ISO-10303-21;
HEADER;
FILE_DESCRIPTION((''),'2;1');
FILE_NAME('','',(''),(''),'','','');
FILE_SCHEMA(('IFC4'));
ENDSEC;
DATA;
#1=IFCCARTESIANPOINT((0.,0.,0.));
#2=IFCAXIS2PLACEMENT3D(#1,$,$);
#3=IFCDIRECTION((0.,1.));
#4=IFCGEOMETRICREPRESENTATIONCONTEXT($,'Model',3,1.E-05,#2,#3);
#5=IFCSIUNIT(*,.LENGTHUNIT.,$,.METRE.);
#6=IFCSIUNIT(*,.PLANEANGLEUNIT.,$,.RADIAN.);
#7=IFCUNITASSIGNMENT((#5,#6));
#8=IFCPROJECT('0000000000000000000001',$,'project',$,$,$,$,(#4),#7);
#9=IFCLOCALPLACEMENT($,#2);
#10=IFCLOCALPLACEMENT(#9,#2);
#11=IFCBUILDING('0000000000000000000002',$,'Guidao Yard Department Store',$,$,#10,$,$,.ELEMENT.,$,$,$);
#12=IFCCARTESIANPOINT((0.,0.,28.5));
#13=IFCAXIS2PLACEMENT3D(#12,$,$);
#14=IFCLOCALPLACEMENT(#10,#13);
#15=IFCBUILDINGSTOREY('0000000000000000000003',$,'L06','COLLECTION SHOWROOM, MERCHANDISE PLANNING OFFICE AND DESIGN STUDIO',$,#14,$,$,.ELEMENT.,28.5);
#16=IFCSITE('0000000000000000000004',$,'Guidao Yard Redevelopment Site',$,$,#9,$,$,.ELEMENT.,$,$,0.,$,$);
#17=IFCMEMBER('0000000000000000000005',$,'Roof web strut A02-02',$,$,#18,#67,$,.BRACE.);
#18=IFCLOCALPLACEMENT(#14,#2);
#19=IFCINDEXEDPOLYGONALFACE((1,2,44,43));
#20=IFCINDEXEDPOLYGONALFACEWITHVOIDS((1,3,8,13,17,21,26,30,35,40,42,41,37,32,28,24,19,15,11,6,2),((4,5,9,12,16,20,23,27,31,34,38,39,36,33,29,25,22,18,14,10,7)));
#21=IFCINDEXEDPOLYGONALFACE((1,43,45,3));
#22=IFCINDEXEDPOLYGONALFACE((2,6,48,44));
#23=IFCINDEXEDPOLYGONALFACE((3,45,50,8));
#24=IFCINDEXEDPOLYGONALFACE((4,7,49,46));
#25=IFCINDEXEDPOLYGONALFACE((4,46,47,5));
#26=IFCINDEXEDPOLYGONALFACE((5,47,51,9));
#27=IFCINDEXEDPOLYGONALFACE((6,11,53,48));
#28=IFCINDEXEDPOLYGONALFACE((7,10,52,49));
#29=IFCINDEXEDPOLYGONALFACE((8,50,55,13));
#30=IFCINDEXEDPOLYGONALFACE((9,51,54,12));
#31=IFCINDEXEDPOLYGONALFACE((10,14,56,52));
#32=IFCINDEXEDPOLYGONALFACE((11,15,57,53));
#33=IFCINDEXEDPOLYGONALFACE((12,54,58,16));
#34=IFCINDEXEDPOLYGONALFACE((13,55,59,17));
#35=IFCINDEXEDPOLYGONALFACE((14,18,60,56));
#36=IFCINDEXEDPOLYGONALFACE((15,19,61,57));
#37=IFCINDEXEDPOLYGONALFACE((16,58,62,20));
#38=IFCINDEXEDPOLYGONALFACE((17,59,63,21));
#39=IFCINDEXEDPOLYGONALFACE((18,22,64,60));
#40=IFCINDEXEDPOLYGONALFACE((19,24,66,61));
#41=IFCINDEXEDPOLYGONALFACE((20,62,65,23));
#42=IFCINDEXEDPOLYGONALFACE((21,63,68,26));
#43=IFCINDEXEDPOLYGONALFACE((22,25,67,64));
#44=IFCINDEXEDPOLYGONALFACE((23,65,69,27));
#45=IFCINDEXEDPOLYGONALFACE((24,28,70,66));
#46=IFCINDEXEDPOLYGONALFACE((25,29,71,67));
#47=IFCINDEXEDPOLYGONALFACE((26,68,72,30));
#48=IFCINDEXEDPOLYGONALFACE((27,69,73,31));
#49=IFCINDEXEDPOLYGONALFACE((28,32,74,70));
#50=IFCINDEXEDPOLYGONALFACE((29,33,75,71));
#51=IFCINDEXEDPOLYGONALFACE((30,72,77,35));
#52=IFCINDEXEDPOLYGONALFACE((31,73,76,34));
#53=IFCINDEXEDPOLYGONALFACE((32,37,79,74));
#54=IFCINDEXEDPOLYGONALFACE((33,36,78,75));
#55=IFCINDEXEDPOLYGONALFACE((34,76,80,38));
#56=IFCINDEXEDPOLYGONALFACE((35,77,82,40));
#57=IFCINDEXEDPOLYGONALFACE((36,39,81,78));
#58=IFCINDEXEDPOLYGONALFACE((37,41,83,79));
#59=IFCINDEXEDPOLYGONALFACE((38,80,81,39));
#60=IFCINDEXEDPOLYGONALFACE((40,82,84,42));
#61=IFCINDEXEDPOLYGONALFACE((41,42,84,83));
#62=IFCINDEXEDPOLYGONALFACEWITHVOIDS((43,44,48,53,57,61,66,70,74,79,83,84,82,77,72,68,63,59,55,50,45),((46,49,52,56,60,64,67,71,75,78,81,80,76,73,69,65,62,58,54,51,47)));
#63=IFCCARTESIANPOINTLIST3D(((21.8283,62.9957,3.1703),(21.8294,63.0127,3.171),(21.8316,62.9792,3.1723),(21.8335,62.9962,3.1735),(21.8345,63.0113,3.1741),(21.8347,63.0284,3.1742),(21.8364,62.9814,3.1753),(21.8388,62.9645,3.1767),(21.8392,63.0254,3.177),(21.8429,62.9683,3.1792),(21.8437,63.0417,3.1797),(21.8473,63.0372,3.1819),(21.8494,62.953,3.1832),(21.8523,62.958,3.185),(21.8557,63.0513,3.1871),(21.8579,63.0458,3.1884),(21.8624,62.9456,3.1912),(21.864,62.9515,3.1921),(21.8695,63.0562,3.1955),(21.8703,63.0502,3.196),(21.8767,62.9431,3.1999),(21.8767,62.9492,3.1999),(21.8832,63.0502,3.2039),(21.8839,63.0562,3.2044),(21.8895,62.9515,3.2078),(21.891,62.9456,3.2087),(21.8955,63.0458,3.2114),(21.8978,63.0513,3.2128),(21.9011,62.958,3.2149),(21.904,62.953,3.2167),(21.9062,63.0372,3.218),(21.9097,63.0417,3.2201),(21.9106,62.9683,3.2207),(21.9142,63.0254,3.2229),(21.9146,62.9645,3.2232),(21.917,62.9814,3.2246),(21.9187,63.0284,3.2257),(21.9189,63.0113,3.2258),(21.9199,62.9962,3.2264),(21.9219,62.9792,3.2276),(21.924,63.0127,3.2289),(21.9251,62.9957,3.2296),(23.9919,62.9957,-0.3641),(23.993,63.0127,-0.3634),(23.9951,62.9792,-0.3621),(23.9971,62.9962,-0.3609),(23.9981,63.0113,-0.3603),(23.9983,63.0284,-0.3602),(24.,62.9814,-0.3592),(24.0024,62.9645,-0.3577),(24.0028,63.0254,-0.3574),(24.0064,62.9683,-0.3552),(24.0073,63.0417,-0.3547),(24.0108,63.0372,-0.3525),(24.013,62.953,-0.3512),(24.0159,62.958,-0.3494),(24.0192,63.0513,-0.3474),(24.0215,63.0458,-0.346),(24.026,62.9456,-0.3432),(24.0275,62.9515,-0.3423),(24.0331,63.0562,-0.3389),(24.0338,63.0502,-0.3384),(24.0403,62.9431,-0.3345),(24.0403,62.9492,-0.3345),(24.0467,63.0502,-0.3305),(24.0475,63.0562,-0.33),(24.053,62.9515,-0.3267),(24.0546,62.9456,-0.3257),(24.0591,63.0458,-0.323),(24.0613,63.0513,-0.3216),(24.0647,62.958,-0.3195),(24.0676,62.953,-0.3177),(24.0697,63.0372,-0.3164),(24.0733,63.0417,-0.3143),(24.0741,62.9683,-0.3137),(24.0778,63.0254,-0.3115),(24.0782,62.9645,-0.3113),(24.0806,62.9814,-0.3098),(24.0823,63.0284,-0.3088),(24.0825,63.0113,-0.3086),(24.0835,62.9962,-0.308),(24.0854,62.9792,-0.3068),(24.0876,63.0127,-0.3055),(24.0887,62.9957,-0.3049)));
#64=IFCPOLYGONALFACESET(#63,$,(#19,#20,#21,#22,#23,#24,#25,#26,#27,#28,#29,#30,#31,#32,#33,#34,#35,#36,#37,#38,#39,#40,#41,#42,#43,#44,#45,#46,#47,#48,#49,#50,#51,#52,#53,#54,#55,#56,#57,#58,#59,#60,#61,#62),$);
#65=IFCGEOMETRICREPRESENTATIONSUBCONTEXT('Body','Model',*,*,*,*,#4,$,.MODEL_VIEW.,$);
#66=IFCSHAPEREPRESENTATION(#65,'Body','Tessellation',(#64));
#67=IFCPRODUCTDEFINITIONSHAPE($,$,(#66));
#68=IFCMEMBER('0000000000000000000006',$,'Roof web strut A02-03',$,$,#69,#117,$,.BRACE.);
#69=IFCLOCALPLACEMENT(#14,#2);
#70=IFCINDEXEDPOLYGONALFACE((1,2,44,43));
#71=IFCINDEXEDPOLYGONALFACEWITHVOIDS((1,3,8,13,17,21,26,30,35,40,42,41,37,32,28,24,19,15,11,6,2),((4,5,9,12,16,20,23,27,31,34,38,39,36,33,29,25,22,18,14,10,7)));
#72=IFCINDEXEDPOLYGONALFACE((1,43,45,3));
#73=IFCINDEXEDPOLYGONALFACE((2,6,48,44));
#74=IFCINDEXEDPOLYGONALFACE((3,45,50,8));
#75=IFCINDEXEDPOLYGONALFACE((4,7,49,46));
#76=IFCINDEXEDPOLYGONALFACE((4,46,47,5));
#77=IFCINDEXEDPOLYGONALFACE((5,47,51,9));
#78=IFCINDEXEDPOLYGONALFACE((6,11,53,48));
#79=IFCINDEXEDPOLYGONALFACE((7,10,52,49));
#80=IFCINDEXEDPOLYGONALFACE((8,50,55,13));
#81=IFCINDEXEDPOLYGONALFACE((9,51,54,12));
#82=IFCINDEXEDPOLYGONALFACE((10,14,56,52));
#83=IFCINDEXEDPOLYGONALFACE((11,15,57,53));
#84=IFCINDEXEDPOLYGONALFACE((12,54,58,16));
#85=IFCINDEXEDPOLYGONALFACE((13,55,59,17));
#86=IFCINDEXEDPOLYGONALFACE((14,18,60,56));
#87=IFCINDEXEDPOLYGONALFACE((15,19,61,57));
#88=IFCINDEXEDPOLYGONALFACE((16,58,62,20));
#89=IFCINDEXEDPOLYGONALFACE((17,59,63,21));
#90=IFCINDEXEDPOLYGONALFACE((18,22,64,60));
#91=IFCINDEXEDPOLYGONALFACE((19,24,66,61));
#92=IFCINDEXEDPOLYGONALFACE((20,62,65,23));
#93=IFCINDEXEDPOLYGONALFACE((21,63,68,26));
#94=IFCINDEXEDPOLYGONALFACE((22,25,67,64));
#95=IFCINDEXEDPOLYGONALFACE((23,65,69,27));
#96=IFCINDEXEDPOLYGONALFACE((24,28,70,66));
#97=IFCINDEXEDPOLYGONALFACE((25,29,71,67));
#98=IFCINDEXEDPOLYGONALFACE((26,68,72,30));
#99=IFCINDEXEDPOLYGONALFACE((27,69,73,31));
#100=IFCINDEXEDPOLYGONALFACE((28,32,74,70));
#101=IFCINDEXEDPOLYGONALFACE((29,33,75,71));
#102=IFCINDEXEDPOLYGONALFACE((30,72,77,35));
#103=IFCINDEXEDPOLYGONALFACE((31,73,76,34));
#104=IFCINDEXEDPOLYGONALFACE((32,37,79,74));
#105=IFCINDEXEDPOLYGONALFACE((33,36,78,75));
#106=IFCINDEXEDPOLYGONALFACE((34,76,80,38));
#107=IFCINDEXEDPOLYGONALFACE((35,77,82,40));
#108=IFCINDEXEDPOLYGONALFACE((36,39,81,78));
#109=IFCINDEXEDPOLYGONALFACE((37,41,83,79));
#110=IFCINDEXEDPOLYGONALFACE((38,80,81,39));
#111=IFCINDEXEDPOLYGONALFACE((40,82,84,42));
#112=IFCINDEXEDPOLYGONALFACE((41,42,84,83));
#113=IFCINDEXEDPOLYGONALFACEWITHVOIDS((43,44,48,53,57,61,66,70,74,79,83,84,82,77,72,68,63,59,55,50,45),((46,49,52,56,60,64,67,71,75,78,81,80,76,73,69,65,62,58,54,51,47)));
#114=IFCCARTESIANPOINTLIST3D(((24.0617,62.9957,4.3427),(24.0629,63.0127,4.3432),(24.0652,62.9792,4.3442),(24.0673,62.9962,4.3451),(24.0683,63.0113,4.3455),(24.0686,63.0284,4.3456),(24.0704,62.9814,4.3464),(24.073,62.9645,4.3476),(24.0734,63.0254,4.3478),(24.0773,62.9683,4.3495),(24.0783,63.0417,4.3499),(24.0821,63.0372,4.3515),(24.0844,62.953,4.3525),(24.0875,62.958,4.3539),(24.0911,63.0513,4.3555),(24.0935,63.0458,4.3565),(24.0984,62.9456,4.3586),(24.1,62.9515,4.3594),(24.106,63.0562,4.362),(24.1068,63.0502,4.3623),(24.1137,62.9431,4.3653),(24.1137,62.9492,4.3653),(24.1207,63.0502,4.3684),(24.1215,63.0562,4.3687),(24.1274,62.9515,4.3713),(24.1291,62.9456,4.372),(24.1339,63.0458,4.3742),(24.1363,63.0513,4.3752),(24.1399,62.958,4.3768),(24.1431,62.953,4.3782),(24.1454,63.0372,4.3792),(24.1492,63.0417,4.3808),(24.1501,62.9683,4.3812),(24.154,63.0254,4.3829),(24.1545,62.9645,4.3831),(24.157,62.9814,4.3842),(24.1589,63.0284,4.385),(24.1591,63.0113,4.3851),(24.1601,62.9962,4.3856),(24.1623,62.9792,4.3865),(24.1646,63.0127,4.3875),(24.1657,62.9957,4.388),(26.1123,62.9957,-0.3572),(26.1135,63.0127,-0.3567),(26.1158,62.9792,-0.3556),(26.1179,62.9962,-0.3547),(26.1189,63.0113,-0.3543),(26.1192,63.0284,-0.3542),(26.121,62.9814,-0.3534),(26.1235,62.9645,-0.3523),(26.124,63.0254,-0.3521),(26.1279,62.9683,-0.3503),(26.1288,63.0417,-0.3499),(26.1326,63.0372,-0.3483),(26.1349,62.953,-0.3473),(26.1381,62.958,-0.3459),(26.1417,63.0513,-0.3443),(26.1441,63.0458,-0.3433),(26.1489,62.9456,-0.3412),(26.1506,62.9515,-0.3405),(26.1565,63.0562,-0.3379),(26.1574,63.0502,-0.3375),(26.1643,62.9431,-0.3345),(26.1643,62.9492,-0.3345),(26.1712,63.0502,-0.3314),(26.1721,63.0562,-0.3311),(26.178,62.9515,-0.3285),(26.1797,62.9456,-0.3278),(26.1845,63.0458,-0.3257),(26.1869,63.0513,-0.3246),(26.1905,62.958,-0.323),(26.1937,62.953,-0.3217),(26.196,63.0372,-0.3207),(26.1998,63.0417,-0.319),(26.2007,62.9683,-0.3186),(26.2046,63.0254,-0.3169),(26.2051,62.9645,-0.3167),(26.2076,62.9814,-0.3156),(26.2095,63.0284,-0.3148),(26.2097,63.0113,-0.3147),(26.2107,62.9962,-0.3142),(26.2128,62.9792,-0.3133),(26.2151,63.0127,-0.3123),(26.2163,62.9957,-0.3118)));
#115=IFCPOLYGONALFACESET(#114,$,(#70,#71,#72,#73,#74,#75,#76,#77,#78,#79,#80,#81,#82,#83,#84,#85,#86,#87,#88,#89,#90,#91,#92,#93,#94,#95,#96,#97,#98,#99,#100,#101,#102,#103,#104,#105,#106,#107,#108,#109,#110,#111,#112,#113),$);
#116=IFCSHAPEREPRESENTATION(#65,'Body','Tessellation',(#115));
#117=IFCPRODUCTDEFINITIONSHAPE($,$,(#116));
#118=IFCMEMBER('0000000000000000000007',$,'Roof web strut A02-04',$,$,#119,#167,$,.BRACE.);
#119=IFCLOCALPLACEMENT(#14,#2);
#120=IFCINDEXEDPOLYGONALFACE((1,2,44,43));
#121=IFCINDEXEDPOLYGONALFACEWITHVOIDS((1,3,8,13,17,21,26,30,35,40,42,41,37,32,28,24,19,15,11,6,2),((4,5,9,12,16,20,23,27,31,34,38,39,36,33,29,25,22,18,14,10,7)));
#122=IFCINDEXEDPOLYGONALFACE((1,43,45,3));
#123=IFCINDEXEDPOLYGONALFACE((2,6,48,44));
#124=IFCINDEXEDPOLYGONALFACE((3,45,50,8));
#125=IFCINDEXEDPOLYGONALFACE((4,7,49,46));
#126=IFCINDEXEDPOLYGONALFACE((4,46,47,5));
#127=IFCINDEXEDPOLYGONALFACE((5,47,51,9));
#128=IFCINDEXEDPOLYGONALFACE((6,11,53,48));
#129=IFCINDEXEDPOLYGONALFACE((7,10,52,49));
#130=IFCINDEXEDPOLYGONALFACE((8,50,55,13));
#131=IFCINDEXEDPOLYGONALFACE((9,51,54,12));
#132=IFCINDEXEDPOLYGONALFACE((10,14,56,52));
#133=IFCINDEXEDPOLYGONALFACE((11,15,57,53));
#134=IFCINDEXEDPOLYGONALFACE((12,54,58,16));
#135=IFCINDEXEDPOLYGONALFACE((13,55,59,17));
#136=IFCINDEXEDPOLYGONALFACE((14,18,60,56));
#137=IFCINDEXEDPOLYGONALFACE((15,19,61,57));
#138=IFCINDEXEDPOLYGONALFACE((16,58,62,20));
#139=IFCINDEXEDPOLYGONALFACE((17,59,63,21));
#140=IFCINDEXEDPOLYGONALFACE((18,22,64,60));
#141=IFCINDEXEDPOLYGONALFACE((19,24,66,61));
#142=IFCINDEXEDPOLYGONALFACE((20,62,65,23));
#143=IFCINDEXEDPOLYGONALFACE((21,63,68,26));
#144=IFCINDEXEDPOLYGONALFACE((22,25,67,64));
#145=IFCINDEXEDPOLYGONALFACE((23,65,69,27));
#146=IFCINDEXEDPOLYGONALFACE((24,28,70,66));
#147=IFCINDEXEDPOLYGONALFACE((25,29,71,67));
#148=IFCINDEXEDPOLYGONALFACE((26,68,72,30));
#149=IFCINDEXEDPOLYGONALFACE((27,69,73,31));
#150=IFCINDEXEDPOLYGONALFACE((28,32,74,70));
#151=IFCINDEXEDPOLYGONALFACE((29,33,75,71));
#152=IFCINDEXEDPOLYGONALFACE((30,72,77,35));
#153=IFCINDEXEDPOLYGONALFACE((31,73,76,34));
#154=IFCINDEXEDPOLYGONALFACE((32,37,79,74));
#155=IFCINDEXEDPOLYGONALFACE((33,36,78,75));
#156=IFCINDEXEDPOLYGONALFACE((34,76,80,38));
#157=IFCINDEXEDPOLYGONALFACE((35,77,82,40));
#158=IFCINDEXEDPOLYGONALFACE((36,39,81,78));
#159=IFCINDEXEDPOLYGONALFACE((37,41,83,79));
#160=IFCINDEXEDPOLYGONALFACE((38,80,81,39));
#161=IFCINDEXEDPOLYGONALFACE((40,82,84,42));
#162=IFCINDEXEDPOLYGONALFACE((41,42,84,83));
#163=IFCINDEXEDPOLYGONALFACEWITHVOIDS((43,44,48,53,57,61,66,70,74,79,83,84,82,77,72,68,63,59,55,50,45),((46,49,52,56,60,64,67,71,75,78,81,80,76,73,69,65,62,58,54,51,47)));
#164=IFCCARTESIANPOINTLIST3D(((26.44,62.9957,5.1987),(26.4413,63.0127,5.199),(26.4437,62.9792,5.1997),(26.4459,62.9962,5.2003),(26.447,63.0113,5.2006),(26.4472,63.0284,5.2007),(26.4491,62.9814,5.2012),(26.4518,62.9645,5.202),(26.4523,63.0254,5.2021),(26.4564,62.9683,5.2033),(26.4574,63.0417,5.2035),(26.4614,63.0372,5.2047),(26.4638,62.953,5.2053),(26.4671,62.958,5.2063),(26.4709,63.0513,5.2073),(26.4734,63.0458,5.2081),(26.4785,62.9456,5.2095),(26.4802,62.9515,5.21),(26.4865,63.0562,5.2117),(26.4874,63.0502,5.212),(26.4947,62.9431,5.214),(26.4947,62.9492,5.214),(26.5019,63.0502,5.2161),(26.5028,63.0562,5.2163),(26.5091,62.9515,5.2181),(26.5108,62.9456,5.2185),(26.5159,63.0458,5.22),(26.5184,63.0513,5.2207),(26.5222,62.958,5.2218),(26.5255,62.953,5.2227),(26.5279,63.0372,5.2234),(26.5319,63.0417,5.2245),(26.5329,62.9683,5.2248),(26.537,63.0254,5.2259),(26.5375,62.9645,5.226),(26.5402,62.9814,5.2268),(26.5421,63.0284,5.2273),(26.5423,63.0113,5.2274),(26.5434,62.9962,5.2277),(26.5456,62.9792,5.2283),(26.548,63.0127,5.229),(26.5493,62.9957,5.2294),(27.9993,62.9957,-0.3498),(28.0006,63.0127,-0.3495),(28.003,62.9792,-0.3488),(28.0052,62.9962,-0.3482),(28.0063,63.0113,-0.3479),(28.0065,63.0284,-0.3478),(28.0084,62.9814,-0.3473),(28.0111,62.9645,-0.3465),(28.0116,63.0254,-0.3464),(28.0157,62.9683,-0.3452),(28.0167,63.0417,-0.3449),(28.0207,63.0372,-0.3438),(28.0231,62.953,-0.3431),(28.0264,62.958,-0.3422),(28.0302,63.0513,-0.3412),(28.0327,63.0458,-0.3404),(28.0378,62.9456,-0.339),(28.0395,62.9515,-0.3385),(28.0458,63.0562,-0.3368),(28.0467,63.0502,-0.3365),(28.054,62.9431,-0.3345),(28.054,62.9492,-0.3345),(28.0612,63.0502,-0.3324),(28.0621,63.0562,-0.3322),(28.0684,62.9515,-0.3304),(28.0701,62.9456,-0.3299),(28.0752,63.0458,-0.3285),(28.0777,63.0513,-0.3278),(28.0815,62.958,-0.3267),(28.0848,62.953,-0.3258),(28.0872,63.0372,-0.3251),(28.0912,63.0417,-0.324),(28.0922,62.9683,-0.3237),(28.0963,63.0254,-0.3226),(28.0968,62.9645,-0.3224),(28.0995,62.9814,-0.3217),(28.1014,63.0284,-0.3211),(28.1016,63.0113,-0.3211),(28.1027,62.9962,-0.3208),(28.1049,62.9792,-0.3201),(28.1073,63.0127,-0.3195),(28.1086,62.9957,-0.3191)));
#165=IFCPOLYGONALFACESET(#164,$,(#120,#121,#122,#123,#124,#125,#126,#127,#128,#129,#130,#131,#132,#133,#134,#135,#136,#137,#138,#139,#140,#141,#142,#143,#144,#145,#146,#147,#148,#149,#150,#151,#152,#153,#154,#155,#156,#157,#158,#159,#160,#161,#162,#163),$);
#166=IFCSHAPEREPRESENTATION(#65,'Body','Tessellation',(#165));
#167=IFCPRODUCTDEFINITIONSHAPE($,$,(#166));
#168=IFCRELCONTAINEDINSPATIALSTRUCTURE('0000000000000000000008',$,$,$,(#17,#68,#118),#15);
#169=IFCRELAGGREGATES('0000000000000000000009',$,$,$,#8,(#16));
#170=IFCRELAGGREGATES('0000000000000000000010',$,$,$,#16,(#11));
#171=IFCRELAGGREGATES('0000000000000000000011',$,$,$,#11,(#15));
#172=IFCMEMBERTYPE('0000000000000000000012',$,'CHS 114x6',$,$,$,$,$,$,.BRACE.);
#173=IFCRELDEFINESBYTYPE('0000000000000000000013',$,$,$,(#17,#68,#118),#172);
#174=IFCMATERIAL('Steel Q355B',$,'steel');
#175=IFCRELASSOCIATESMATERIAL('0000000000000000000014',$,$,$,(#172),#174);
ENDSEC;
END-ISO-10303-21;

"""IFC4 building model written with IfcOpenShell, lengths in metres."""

from ifc_helpers import new_model, si_unit, direction, frame, origin, origin_2d, place, context, subcontext, project, spatial, hollow_circle, extrude, material, material_profile, profile_set, type_object, element, save


model = new_model("IFC4")

# Units and contexts
model_context = context("Model", 3, precision=1e-05, world=origin(), true_north=direction((0.0, 1.0)))
body_context = subcontext(model_context, "Body", "Model", "MODEL_VIEW")
ifc_project = project(units=[si_unit("LENGTHUNIT", "METRE"), si_unit("PLANEANGLEUNIT", "RADIAN")], contexts=[model_context])

# Site, building, storey
site_placement = place(None, origin())
site = spatial("IfcSite", under=ifc_project, at=site_placement, Name="Guidao Yard Redevelopment Site", CompositionType="ELEMENT", RefElevation=0.0)
building_placement = place(site_placement, origin())
building = spatial("IfcBuilding", under=site, at=building_placement, Name="Guidao Yard Department Store", CompositionType="ELEMENT")
storey_placement = place(building_placement, frame((0.0, 0.0, 28.5)))
storey = spatial("IfcBuildingStorey", under=building, at=storey_placement, Name="L06", Description="COLLECTION SHOWROOM, MERCHANDISE PLANNING OFFICE AND DESIGN STUDIO", CompositionType="ELEMENT", Elevation=28.5)

# Members
ifc_material_1 = material(Name="Steel Q355B", Category="steel")
ifc_material_profile_1 = material_profile(ifc_material_1, hollow_circle(Radius=0.0569, WallThickness=0.0061, at=origin_2d()), Name="CHS 114x6")
ifc_profile_set_1 = profile_set([ifc_material_profile_1], Name="Steel Q355B")
member_type_1 = type_object("IfcMemberType", Name="CHS 114x6", PredefinedType="BRACE", material=ifc_profile_set_1)
member_1_placement = place(storey_placement, frame((24.0403, 63.0, -0.3345), z_axis=(-0.522091, 0.0, 0.85289), x_axis=(0.0, -1.0, 0.0)))
element("IfcMember", 1, at=member_1_placement, inside=storey, type_object=member_type_1, Name="Roof web strut A02-02", PredefinedType="BRACE", context=body_context, shape_type="SweptSolid", body=[
    extrude(hollow_circle(Radius=0.0569, WallThickness=0.0061, at=origin_2d()), origin(), (0.0, 0.0, 1.0), 4.144),
])
member_2_placement = place(storey_placement, frame((26.1643, 63.0, -0.3345), z_axis=(-0.399904, 0.0, 0.916557), x_axis=(0.0, -1.0, 0.0)))
element("IfcMember", 2, at=member_2_placement, inside=storey, type_object=member_type_1, Name="Roof web strut A02-03", PredefinedType="BRACE", context=body_context, shape_type="SweptSolid", body=[
    extrude(hollow_circle(Radius=0.0569, WallThickness=0.0061, at=origin_2d()), origin(), (0.0, 0.0, 1.0), 5.1277),
])
member_3_placement = place(storey_placement, frame((28.054, 63.0, -0.3345), z_axis=(-0.270551, 0.0, 0.962706), x_axis=(0.0, -1.0, 0.0)))
element("IfcMember", 3, at=member_3_placement, inside=storey, type_object=member_type_1, Name="Roof web strut A02-04", PredefinedType="BRACE", context=body_context, shape_type="SweptSolid", body=[
    extrude(hollow_circle(Radius=0.0569, WallThickness=0.0061, at=origin_2d()), origin(), (0.0, 0.0, 1.0), 5.7634),
])

save(model, "model.ifc")
